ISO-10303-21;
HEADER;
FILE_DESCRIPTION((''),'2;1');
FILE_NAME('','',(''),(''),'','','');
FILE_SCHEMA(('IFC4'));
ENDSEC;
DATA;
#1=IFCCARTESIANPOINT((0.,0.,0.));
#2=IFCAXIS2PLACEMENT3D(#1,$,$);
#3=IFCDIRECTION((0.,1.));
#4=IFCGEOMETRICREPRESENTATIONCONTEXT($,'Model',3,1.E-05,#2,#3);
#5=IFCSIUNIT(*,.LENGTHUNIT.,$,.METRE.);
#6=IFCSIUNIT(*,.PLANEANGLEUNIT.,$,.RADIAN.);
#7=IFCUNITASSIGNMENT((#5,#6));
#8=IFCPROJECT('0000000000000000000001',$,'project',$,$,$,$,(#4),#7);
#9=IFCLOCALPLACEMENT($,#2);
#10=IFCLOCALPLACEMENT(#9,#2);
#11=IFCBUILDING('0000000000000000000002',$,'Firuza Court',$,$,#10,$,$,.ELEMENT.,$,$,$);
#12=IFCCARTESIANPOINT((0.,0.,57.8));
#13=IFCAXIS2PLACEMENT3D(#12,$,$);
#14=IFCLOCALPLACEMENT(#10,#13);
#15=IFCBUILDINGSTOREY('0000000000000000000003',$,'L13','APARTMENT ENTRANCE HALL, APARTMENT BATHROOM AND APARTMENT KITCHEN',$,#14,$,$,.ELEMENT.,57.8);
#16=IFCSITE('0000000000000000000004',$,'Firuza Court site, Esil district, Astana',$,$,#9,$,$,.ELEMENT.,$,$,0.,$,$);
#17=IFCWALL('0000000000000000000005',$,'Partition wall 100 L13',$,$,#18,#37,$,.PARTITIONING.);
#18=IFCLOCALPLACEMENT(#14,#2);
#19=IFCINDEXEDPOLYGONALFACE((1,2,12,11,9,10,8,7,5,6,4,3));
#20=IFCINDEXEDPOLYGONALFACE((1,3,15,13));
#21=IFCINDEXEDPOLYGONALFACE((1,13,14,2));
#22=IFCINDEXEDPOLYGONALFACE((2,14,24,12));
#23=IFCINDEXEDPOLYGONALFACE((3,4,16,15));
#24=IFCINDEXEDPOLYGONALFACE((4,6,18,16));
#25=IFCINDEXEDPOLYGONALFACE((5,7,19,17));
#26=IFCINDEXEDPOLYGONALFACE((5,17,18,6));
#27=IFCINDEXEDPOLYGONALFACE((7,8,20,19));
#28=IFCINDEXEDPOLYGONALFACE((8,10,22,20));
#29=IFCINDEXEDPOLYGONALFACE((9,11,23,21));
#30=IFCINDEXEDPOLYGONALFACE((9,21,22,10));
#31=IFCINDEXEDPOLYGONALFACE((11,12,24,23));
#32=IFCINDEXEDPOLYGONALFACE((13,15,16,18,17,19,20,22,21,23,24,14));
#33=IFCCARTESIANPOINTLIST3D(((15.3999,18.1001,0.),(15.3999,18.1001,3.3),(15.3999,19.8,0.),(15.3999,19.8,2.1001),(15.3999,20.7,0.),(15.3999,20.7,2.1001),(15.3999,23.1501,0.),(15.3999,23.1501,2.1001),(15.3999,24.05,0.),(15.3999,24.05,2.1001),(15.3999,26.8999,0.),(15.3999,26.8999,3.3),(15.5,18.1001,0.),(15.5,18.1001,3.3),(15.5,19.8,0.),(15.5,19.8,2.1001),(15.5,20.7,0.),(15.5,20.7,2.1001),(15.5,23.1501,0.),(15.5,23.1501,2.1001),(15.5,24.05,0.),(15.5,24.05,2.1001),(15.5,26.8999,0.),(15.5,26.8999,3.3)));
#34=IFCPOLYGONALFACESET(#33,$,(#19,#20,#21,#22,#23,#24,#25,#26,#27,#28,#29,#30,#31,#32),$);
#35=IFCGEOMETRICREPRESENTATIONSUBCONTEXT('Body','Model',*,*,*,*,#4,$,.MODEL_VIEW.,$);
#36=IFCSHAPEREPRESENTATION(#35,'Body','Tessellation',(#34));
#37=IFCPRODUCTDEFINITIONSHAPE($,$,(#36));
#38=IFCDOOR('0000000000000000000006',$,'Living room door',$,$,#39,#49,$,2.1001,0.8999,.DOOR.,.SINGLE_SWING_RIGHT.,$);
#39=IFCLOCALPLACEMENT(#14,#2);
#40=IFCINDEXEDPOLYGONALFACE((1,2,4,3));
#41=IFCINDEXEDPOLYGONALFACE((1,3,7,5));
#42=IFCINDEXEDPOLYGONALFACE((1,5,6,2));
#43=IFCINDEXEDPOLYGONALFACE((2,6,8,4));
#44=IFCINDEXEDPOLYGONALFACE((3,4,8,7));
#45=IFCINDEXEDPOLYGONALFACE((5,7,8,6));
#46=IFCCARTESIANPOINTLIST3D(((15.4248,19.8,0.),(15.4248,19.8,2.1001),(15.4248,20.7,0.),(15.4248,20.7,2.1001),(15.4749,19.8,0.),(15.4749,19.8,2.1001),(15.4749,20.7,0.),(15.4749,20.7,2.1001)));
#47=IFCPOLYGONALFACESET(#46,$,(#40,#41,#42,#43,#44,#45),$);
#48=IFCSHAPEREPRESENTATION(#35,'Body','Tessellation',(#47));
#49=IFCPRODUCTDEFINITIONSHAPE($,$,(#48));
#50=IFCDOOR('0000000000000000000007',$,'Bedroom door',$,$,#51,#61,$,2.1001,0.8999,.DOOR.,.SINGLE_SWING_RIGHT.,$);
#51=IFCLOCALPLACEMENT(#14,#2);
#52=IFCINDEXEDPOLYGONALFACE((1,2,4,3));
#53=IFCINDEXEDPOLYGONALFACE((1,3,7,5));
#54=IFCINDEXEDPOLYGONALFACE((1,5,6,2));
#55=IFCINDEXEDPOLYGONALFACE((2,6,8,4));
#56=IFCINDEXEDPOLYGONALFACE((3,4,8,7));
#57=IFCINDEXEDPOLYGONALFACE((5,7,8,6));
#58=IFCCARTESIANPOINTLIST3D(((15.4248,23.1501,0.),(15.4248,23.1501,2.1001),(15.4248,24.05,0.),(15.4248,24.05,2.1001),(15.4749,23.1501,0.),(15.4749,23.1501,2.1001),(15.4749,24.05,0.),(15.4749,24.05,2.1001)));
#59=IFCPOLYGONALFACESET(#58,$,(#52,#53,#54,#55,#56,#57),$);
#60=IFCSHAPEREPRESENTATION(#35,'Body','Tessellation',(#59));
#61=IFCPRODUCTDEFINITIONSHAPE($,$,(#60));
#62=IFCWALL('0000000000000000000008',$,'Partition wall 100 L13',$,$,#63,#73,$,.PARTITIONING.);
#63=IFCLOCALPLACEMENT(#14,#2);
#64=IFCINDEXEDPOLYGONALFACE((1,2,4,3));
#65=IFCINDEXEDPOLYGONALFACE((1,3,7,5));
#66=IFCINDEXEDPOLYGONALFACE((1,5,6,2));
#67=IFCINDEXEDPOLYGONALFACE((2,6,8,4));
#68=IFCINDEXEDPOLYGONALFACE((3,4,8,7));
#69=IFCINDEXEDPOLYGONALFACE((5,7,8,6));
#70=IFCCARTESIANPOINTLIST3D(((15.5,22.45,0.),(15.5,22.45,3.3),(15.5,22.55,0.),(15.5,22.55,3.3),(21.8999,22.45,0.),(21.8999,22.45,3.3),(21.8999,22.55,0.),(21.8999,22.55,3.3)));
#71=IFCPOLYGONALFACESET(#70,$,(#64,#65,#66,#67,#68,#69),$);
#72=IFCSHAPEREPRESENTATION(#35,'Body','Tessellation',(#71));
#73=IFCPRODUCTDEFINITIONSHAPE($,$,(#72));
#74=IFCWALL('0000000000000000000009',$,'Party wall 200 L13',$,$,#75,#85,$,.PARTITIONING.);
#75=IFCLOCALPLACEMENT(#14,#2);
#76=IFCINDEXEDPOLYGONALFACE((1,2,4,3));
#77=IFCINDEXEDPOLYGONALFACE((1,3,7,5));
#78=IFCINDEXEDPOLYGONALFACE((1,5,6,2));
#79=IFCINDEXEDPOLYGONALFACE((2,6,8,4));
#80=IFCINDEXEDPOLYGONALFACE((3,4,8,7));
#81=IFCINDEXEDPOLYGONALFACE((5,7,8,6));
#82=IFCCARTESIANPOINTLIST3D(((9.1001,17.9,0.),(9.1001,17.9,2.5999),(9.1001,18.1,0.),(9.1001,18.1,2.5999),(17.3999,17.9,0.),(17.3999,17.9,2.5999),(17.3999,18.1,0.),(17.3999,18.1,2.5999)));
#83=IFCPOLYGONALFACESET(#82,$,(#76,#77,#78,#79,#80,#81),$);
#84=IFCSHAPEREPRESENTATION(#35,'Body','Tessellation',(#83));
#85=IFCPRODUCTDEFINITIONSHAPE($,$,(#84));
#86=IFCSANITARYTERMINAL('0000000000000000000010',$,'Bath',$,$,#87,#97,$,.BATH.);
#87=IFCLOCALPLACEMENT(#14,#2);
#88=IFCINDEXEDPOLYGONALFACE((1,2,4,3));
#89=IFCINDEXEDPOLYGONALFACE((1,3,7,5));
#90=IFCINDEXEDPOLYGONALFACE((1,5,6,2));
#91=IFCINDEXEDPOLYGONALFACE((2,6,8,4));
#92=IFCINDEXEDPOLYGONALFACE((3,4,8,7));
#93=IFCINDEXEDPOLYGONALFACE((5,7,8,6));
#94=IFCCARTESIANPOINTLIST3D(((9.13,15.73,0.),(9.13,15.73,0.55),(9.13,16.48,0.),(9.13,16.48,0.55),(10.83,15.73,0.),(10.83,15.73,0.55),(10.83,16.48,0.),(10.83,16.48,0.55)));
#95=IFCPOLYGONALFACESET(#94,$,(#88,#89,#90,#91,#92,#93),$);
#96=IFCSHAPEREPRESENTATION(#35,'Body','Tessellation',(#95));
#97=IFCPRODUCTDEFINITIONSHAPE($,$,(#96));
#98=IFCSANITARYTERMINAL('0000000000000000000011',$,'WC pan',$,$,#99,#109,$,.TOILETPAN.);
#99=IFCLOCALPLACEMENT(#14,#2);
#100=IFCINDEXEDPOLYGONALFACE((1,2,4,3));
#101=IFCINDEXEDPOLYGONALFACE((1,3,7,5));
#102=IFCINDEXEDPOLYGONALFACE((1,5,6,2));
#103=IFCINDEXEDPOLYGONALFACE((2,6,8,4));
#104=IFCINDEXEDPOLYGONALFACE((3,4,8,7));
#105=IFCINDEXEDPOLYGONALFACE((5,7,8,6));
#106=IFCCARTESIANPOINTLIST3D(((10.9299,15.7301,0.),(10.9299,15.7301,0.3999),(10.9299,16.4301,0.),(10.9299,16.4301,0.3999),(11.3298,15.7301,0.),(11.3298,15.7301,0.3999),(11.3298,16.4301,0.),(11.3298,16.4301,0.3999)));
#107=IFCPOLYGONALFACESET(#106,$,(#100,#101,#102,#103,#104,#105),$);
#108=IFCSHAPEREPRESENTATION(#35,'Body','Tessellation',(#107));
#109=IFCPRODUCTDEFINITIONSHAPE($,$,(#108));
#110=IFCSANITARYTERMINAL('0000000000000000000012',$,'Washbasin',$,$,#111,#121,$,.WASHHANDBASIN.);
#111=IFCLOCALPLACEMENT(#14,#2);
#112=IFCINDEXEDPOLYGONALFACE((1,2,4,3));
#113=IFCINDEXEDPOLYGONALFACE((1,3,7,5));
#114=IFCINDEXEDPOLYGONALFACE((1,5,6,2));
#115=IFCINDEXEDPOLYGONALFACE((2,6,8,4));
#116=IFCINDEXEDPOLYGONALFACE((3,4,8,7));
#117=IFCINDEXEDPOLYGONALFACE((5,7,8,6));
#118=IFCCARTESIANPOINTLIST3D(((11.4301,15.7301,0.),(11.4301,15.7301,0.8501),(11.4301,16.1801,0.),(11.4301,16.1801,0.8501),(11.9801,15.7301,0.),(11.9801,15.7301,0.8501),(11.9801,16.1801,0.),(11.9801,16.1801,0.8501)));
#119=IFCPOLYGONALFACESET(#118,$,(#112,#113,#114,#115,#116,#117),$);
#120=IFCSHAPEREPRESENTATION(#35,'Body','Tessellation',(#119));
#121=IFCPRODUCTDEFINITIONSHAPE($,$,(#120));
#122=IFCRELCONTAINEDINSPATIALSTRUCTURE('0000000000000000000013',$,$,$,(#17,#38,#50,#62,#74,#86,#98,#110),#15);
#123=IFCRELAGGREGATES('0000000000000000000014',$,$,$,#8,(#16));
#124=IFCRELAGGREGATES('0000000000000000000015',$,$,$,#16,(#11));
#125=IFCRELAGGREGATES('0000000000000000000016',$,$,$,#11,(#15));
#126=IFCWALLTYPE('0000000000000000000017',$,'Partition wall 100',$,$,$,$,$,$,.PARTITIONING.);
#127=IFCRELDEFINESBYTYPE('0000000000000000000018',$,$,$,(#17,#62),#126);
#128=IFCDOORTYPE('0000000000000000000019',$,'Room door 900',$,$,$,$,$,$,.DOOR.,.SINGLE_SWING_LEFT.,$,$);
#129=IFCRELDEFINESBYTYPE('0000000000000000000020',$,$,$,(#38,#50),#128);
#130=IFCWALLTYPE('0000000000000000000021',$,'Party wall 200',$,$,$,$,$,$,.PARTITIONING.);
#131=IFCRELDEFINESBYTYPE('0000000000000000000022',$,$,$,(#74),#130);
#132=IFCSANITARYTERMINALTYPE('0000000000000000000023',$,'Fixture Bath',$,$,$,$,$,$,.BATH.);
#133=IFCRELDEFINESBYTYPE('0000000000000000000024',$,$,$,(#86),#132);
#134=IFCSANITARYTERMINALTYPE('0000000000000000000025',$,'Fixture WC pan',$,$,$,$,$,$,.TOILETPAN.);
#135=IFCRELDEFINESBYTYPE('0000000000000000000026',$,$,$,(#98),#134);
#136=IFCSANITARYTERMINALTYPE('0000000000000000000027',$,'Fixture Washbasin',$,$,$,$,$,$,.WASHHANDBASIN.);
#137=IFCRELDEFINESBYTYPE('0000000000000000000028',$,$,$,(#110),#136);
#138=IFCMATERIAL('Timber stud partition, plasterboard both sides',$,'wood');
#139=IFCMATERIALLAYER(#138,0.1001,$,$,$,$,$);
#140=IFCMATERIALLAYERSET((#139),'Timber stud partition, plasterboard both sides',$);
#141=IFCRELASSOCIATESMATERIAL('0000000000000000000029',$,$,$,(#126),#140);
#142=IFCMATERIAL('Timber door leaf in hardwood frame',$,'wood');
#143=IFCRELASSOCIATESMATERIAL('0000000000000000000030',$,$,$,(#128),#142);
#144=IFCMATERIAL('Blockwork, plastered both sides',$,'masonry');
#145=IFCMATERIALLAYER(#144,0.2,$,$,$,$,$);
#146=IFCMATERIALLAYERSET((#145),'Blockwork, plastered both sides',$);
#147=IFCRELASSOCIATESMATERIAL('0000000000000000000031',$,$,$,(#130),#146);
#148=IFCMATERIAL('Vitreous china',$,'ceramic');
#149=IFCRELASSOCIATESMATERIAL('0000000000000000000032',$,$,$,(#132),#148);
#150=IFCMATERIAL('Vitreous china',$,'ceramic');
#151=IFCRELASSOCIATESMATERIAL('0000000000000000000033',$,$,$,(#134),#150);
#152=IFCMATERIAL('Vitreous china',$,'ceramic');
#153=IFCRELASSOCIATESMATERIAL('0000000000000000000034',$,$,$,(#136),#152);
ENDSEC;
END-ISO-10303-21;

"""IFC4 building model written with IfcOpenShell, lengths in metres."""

from ifc_helpers import new_model, si_unit, direction, frame, frame_2d, origin, origin_2d, place, context, subcontext, project, spatial, rectangle, extrude, material, layer, layer_set, type_object, element, fill, save


model = new_model("IFC4")

# Units and contexts
model_context = context("Model", 3, precision=1e-05, world=origin(), true_north=direction((0.0, 1.0)))
body_context = subcontext(model_context, "Body", "Model", "MODEL_VIEW")
ifc_project = project(units=[si_unit("LENGTHUNIT", "METRE"), si_unit("PLANEANGLEUNIT", "RADIAN")], contexts=[model_context])

# Site, building, storey
site_placement = place(None, origin())
site = spatial("IfcSite", under=ifc_project, at=site_placement, Name="Firuza Court site, Esil district, Astana", CompositionType="ELEMENT", RefElevation=0.0)
building_placement = place(site_placement, origin())
building = spatial("IfcBuilding", under=site, at=building_placement, Name="Firuza Court", CompositionType="ELEMENT")
storey_placement = place(building_placement, frame((0.0, 0.0, 57.8)))
storey = spatial("IfcBuildingStorey", under=building, at=storey_placement, Name="L13", Description="APARTMENT ENTRANCE HALL, APARTMENT BATHROOM AND APARTMENT KITCHEN", CompositionType="ELEMENT", Elevation=57.8)

# Shared definitions
ifc_material_1 = material(Name="Timber stud partition, plasterboard both sides", Category="wood")
ifc_layer_1 = layer(ifc_material_1, 0.1001)
ifc_layer_set_1 = layer_set([ifc_layer_1], Name="Timber stud partition, plasterboard both sides")
wall_type_1 = type_object("IfcWallType", Name="Partition wall 100", PredefinedType="PARTITIONING", material=ifc_layer_set_1)
ifc_material_2 = material(Name="Timber door leaf in hardwood frame", Category="wood")
door_type_1 = type_object("IfcDoorType", Name="Room door 900", OperationType="SINGLE_SWING_LEFT", PredefinedType="DOOR", material=ifc_material_2)

# Wall, openings, doors
wall_1_placement = place(storey_placement, frame((15.45, 18.1001, 0.0), z_axis=(0.0, 0.0, 1.0), x_axis=(0.0, 1.0, 0.0)))
wall_1 = element("IfcWall", 1, at=wall_1_placement, inside=storey, type_object=wall_type_1, Name="Partition wall 100 L13", PredefinedType="PARTITIONING", context=body_context, shape_type="SweptSolid", body=[
    extrude(rectangle(XDim=8.7998, YDim=0.1001, at=frame_2d((4.3999, 0.0))), origin(), (0.0, 0.0, 1.0), 3.3),
])
opening_1_placement = place(wall_1_placement, frame((1.7, 0.0, 0.0)))
opening_1 = element("IfcOpeningElement", 2, at=opening_1_placement, cuts=wall_1, PredefinedType="OPENING", context=body_context, shape_type="SweptSolid", body=[
    extrude(rectangle(XDim=0.8999, YDim=2.1001, at=frame_2d((0.45, 1.05))), frame((0.0, 0.062, 0.0), z_axis=(0.0, -1.0, 0.0), x_axis=(1.0, 0.0, 0.0)), (0.0, 0.0, 1.0), 0.124),
])
opening_2_placement = place(wall_1_placement, frame((5.05, 0.0, 0.0)))
opening_2 = element("IfcOpeningElement", 3, at=opening_2_placement, cuts=wall_1, PredefinedType="OPENING", context=body_context, shape_type="SweptSolid", body=[
    extrude(rectangle(XDim=0.8999, YDim=2.1001, at=frame_2d((0.45, 1.05))), frame((0.0, 0.062, 0.0), z_axis=(0.0, -1.0, 0.0), x_axis=(1.0, 0.0, 0.0)), (0.0, 0.0, 1.0), 0.124),
])
door_1_placement = place(opening_1_placement, frame((0.8999, 0.0, 0.0), z_axis=(0.0, 0.0, 1.0), x_axis=(-1.0, 0.0, 0.0)))
door_1 = element("IfcDoor", 4, at=door_1_placement, inside=storey, type_object=door_type_1, Name="Living room door", OperationType="SINGLE_SWING_RIGHT", OverallHeight=2.1001, OverallWidth=0.8999, PredefinedType="DOOR", context=body_context, shape_type="SweptSolid", body=[
    extrude(rectangle(XDim=0.8999, YDim=2.1001, at=frame_2d((0.45, 1.05))), frame((0.0, 0.0249, 0.0), z_axis=(0.0, -1.0, 0.0), x_axis=(1.0, 0.0, 0.0)), (0.0, 0.0, 1.0), 0.05),
])
fill(opening_1, door_1)
door_2_placement = place(opening_2_placement, frame((0.8999, 0.0, 0.0), z_axis=(0.0, 0.0, 1.0), x_axis=(-1.0, 0.0, 0.0)))
door_2 = element("IfcDoor", 5, at=door_2_placement, inside=storey, type_object=door_type_1, Name="Bedroom door", OperationType="SINGLE_SWING_RIGHT", OverallHeight=2.1001, OverallWidth=0.8999, PredefinedType="DOOR", context=body_context, shape_type="SweptSolid", body=[
    extrude(rectangle(XDim=0.8999, YDim=2.1001, at=frame_2d((0.45, 1.05))), frame((0.0, 0.0249, 0.0), z_axis=(0.0, -1.0, 0.0), x_axis=(1.0, 0.0, 0.0)), (0.0, 0.0, 1.0), 0.05),
])
fill(opening_2, door_2)

# Walls
wall_2_placement = place(storey_placement, frame((15.5, 22.5, 0.0), z_axis=(0.0, 0.0, 1.0), x_axis=(1.0, 0.0, 0.0)))
element("IfcWall", 6, at=wall_2_placement, inside=storey, type_object=wall_type_1, Name="Partition wall 100 L13", PredefinedType="PARTITIONING", context=body_context, shape_type="SweptSolid", body=[
    extrude(rectangle(XDim=6.3999, YDim=0.1001, at=frame_2d((3.2, 0.0))), origin(), (0.0, 0.0, 1.0), 3.3),
])
ifc_material_3 = material(Name="Blockwork, plastered both sides", Category="masonry")
ifc_layer_2 = layer(ifc_material_3, 0.2)
ifc_layer_set_2 = layer_set([ifc_layer_2], Name="Blockwork, plastered both sides")
wall_type_2 = type_object("IfcWallType", Name="Party wall 200", PredefinedType="PARTITIONING", material=ifc_layer_set_2)
wall_3_placement = place(storey_placement, frame((9.1001, 18.0, 0.0), z_axis=(0.0, 0.0, 1.0), x_axis=(1.0, 0.0, 0.0)))
element("IfcWall", 7, at=wall_3_placement, inside=storey, type_object=wall_type_2, Name="Party wall 200 L13", PredefinedType="PARTITIONING", context=body_context, shape_type="SweptSolid", body=[
    extrude(rectangle(XDim=8.2998, YDim=0.2, at=frame_2d((4.1499, 0.0))), origin(), (0.0, 0.0, 1.0), 2.5999),
])

# Sanitary terminals
ifc_material_4 = material(Name="Vitreous china", Category="ceramic")
sanitary_terminal_type_1 = type_object("IfcSanitaryTerminalType", Name="Fixture Bath", PredefinedType="BATH", material=ifc_material_4)
sanitary_terminal_1_placement = place(storey_placement, frame((9.98, 16.105, 0.0), z_axis=(0.0, 0.0, 1.0), x_axis=(1.0, 0.0, 0.0)))
element("IfcSanitaryTerminal", 8, at=sanitary_terminal_1_placement, inside=storey, type_object=sanitary_terminal_type_1, Name="Bath", PredefinedType="BATH", context=body_context, shape_type="SweptSolid", body=[
    extrude(rectangle(XDim=1.7, YDim=0.75, at=origin_2d()), origin(), (0.0, 0.0, 1.0), 0.55),
])
ifc_material_5 = material(Name="Vitreous china", Category="ceramic")
sanitary_terminal_type_2 = type_object("IfcSanitaryTerminalType", Name="Fixture WC pan", PredefinedType="TOILETPAN", material=ifc_material_5)
sanitary_terminal_2_placement = place(storey_placement, frame((11.1299, 16.0801, 0.0), z_axis=(0.0, 0.0, 1.0), x_axis=(1.0, 0.0, 0.0)))
element("IfcSanitaryTerminal", 9, at=sanitary_terminal_2_placement, inside=storey, type_object=sanitary_terminal_type_2, Name="WC pan", PredefinedType="TOILETPAN", context=body_context, shape_type="SweptSolid", body=[
    extrude(rectangle(XDim=0.3999, YDim=0.7, at=origin_2d()), origin(), (0.0, 0.0, 1.0), 0.3999),
])
ifc_material_6 = material(Name="Vitreous china", Category="ceramic")
sanitary_terminal_type_3 = type_object("IfcSanitaryTerminalType", Name="Fixture Washbasin", PredefinedType="WASHHANDBASIN", material=ifc_material_6)
sanitary_terminal_3_placement = place(storey_placement, frame((11.7051, 15.9551, 0.0), z_axis=(0.0, 0.0, 1.0), x_axis=(1.0, 0.0, 0.0)))
element("IfcSanitaryTerminal", 10, at=sanitary_terminal_3_placement, inside=storey, type_object=sanitary_terminal_type_3, Name="Washbasin", PredefinedType="WASHHANDBASIN", context=body_context, shape_type="SweptSolid", body=[
    extrude(rectangle(XDim=0.55, YDim=0.45, at=origin_2d()), origin(), (0.0, 0.0, 1.0), 0.8501),
])

save(model, "model.ifc")
